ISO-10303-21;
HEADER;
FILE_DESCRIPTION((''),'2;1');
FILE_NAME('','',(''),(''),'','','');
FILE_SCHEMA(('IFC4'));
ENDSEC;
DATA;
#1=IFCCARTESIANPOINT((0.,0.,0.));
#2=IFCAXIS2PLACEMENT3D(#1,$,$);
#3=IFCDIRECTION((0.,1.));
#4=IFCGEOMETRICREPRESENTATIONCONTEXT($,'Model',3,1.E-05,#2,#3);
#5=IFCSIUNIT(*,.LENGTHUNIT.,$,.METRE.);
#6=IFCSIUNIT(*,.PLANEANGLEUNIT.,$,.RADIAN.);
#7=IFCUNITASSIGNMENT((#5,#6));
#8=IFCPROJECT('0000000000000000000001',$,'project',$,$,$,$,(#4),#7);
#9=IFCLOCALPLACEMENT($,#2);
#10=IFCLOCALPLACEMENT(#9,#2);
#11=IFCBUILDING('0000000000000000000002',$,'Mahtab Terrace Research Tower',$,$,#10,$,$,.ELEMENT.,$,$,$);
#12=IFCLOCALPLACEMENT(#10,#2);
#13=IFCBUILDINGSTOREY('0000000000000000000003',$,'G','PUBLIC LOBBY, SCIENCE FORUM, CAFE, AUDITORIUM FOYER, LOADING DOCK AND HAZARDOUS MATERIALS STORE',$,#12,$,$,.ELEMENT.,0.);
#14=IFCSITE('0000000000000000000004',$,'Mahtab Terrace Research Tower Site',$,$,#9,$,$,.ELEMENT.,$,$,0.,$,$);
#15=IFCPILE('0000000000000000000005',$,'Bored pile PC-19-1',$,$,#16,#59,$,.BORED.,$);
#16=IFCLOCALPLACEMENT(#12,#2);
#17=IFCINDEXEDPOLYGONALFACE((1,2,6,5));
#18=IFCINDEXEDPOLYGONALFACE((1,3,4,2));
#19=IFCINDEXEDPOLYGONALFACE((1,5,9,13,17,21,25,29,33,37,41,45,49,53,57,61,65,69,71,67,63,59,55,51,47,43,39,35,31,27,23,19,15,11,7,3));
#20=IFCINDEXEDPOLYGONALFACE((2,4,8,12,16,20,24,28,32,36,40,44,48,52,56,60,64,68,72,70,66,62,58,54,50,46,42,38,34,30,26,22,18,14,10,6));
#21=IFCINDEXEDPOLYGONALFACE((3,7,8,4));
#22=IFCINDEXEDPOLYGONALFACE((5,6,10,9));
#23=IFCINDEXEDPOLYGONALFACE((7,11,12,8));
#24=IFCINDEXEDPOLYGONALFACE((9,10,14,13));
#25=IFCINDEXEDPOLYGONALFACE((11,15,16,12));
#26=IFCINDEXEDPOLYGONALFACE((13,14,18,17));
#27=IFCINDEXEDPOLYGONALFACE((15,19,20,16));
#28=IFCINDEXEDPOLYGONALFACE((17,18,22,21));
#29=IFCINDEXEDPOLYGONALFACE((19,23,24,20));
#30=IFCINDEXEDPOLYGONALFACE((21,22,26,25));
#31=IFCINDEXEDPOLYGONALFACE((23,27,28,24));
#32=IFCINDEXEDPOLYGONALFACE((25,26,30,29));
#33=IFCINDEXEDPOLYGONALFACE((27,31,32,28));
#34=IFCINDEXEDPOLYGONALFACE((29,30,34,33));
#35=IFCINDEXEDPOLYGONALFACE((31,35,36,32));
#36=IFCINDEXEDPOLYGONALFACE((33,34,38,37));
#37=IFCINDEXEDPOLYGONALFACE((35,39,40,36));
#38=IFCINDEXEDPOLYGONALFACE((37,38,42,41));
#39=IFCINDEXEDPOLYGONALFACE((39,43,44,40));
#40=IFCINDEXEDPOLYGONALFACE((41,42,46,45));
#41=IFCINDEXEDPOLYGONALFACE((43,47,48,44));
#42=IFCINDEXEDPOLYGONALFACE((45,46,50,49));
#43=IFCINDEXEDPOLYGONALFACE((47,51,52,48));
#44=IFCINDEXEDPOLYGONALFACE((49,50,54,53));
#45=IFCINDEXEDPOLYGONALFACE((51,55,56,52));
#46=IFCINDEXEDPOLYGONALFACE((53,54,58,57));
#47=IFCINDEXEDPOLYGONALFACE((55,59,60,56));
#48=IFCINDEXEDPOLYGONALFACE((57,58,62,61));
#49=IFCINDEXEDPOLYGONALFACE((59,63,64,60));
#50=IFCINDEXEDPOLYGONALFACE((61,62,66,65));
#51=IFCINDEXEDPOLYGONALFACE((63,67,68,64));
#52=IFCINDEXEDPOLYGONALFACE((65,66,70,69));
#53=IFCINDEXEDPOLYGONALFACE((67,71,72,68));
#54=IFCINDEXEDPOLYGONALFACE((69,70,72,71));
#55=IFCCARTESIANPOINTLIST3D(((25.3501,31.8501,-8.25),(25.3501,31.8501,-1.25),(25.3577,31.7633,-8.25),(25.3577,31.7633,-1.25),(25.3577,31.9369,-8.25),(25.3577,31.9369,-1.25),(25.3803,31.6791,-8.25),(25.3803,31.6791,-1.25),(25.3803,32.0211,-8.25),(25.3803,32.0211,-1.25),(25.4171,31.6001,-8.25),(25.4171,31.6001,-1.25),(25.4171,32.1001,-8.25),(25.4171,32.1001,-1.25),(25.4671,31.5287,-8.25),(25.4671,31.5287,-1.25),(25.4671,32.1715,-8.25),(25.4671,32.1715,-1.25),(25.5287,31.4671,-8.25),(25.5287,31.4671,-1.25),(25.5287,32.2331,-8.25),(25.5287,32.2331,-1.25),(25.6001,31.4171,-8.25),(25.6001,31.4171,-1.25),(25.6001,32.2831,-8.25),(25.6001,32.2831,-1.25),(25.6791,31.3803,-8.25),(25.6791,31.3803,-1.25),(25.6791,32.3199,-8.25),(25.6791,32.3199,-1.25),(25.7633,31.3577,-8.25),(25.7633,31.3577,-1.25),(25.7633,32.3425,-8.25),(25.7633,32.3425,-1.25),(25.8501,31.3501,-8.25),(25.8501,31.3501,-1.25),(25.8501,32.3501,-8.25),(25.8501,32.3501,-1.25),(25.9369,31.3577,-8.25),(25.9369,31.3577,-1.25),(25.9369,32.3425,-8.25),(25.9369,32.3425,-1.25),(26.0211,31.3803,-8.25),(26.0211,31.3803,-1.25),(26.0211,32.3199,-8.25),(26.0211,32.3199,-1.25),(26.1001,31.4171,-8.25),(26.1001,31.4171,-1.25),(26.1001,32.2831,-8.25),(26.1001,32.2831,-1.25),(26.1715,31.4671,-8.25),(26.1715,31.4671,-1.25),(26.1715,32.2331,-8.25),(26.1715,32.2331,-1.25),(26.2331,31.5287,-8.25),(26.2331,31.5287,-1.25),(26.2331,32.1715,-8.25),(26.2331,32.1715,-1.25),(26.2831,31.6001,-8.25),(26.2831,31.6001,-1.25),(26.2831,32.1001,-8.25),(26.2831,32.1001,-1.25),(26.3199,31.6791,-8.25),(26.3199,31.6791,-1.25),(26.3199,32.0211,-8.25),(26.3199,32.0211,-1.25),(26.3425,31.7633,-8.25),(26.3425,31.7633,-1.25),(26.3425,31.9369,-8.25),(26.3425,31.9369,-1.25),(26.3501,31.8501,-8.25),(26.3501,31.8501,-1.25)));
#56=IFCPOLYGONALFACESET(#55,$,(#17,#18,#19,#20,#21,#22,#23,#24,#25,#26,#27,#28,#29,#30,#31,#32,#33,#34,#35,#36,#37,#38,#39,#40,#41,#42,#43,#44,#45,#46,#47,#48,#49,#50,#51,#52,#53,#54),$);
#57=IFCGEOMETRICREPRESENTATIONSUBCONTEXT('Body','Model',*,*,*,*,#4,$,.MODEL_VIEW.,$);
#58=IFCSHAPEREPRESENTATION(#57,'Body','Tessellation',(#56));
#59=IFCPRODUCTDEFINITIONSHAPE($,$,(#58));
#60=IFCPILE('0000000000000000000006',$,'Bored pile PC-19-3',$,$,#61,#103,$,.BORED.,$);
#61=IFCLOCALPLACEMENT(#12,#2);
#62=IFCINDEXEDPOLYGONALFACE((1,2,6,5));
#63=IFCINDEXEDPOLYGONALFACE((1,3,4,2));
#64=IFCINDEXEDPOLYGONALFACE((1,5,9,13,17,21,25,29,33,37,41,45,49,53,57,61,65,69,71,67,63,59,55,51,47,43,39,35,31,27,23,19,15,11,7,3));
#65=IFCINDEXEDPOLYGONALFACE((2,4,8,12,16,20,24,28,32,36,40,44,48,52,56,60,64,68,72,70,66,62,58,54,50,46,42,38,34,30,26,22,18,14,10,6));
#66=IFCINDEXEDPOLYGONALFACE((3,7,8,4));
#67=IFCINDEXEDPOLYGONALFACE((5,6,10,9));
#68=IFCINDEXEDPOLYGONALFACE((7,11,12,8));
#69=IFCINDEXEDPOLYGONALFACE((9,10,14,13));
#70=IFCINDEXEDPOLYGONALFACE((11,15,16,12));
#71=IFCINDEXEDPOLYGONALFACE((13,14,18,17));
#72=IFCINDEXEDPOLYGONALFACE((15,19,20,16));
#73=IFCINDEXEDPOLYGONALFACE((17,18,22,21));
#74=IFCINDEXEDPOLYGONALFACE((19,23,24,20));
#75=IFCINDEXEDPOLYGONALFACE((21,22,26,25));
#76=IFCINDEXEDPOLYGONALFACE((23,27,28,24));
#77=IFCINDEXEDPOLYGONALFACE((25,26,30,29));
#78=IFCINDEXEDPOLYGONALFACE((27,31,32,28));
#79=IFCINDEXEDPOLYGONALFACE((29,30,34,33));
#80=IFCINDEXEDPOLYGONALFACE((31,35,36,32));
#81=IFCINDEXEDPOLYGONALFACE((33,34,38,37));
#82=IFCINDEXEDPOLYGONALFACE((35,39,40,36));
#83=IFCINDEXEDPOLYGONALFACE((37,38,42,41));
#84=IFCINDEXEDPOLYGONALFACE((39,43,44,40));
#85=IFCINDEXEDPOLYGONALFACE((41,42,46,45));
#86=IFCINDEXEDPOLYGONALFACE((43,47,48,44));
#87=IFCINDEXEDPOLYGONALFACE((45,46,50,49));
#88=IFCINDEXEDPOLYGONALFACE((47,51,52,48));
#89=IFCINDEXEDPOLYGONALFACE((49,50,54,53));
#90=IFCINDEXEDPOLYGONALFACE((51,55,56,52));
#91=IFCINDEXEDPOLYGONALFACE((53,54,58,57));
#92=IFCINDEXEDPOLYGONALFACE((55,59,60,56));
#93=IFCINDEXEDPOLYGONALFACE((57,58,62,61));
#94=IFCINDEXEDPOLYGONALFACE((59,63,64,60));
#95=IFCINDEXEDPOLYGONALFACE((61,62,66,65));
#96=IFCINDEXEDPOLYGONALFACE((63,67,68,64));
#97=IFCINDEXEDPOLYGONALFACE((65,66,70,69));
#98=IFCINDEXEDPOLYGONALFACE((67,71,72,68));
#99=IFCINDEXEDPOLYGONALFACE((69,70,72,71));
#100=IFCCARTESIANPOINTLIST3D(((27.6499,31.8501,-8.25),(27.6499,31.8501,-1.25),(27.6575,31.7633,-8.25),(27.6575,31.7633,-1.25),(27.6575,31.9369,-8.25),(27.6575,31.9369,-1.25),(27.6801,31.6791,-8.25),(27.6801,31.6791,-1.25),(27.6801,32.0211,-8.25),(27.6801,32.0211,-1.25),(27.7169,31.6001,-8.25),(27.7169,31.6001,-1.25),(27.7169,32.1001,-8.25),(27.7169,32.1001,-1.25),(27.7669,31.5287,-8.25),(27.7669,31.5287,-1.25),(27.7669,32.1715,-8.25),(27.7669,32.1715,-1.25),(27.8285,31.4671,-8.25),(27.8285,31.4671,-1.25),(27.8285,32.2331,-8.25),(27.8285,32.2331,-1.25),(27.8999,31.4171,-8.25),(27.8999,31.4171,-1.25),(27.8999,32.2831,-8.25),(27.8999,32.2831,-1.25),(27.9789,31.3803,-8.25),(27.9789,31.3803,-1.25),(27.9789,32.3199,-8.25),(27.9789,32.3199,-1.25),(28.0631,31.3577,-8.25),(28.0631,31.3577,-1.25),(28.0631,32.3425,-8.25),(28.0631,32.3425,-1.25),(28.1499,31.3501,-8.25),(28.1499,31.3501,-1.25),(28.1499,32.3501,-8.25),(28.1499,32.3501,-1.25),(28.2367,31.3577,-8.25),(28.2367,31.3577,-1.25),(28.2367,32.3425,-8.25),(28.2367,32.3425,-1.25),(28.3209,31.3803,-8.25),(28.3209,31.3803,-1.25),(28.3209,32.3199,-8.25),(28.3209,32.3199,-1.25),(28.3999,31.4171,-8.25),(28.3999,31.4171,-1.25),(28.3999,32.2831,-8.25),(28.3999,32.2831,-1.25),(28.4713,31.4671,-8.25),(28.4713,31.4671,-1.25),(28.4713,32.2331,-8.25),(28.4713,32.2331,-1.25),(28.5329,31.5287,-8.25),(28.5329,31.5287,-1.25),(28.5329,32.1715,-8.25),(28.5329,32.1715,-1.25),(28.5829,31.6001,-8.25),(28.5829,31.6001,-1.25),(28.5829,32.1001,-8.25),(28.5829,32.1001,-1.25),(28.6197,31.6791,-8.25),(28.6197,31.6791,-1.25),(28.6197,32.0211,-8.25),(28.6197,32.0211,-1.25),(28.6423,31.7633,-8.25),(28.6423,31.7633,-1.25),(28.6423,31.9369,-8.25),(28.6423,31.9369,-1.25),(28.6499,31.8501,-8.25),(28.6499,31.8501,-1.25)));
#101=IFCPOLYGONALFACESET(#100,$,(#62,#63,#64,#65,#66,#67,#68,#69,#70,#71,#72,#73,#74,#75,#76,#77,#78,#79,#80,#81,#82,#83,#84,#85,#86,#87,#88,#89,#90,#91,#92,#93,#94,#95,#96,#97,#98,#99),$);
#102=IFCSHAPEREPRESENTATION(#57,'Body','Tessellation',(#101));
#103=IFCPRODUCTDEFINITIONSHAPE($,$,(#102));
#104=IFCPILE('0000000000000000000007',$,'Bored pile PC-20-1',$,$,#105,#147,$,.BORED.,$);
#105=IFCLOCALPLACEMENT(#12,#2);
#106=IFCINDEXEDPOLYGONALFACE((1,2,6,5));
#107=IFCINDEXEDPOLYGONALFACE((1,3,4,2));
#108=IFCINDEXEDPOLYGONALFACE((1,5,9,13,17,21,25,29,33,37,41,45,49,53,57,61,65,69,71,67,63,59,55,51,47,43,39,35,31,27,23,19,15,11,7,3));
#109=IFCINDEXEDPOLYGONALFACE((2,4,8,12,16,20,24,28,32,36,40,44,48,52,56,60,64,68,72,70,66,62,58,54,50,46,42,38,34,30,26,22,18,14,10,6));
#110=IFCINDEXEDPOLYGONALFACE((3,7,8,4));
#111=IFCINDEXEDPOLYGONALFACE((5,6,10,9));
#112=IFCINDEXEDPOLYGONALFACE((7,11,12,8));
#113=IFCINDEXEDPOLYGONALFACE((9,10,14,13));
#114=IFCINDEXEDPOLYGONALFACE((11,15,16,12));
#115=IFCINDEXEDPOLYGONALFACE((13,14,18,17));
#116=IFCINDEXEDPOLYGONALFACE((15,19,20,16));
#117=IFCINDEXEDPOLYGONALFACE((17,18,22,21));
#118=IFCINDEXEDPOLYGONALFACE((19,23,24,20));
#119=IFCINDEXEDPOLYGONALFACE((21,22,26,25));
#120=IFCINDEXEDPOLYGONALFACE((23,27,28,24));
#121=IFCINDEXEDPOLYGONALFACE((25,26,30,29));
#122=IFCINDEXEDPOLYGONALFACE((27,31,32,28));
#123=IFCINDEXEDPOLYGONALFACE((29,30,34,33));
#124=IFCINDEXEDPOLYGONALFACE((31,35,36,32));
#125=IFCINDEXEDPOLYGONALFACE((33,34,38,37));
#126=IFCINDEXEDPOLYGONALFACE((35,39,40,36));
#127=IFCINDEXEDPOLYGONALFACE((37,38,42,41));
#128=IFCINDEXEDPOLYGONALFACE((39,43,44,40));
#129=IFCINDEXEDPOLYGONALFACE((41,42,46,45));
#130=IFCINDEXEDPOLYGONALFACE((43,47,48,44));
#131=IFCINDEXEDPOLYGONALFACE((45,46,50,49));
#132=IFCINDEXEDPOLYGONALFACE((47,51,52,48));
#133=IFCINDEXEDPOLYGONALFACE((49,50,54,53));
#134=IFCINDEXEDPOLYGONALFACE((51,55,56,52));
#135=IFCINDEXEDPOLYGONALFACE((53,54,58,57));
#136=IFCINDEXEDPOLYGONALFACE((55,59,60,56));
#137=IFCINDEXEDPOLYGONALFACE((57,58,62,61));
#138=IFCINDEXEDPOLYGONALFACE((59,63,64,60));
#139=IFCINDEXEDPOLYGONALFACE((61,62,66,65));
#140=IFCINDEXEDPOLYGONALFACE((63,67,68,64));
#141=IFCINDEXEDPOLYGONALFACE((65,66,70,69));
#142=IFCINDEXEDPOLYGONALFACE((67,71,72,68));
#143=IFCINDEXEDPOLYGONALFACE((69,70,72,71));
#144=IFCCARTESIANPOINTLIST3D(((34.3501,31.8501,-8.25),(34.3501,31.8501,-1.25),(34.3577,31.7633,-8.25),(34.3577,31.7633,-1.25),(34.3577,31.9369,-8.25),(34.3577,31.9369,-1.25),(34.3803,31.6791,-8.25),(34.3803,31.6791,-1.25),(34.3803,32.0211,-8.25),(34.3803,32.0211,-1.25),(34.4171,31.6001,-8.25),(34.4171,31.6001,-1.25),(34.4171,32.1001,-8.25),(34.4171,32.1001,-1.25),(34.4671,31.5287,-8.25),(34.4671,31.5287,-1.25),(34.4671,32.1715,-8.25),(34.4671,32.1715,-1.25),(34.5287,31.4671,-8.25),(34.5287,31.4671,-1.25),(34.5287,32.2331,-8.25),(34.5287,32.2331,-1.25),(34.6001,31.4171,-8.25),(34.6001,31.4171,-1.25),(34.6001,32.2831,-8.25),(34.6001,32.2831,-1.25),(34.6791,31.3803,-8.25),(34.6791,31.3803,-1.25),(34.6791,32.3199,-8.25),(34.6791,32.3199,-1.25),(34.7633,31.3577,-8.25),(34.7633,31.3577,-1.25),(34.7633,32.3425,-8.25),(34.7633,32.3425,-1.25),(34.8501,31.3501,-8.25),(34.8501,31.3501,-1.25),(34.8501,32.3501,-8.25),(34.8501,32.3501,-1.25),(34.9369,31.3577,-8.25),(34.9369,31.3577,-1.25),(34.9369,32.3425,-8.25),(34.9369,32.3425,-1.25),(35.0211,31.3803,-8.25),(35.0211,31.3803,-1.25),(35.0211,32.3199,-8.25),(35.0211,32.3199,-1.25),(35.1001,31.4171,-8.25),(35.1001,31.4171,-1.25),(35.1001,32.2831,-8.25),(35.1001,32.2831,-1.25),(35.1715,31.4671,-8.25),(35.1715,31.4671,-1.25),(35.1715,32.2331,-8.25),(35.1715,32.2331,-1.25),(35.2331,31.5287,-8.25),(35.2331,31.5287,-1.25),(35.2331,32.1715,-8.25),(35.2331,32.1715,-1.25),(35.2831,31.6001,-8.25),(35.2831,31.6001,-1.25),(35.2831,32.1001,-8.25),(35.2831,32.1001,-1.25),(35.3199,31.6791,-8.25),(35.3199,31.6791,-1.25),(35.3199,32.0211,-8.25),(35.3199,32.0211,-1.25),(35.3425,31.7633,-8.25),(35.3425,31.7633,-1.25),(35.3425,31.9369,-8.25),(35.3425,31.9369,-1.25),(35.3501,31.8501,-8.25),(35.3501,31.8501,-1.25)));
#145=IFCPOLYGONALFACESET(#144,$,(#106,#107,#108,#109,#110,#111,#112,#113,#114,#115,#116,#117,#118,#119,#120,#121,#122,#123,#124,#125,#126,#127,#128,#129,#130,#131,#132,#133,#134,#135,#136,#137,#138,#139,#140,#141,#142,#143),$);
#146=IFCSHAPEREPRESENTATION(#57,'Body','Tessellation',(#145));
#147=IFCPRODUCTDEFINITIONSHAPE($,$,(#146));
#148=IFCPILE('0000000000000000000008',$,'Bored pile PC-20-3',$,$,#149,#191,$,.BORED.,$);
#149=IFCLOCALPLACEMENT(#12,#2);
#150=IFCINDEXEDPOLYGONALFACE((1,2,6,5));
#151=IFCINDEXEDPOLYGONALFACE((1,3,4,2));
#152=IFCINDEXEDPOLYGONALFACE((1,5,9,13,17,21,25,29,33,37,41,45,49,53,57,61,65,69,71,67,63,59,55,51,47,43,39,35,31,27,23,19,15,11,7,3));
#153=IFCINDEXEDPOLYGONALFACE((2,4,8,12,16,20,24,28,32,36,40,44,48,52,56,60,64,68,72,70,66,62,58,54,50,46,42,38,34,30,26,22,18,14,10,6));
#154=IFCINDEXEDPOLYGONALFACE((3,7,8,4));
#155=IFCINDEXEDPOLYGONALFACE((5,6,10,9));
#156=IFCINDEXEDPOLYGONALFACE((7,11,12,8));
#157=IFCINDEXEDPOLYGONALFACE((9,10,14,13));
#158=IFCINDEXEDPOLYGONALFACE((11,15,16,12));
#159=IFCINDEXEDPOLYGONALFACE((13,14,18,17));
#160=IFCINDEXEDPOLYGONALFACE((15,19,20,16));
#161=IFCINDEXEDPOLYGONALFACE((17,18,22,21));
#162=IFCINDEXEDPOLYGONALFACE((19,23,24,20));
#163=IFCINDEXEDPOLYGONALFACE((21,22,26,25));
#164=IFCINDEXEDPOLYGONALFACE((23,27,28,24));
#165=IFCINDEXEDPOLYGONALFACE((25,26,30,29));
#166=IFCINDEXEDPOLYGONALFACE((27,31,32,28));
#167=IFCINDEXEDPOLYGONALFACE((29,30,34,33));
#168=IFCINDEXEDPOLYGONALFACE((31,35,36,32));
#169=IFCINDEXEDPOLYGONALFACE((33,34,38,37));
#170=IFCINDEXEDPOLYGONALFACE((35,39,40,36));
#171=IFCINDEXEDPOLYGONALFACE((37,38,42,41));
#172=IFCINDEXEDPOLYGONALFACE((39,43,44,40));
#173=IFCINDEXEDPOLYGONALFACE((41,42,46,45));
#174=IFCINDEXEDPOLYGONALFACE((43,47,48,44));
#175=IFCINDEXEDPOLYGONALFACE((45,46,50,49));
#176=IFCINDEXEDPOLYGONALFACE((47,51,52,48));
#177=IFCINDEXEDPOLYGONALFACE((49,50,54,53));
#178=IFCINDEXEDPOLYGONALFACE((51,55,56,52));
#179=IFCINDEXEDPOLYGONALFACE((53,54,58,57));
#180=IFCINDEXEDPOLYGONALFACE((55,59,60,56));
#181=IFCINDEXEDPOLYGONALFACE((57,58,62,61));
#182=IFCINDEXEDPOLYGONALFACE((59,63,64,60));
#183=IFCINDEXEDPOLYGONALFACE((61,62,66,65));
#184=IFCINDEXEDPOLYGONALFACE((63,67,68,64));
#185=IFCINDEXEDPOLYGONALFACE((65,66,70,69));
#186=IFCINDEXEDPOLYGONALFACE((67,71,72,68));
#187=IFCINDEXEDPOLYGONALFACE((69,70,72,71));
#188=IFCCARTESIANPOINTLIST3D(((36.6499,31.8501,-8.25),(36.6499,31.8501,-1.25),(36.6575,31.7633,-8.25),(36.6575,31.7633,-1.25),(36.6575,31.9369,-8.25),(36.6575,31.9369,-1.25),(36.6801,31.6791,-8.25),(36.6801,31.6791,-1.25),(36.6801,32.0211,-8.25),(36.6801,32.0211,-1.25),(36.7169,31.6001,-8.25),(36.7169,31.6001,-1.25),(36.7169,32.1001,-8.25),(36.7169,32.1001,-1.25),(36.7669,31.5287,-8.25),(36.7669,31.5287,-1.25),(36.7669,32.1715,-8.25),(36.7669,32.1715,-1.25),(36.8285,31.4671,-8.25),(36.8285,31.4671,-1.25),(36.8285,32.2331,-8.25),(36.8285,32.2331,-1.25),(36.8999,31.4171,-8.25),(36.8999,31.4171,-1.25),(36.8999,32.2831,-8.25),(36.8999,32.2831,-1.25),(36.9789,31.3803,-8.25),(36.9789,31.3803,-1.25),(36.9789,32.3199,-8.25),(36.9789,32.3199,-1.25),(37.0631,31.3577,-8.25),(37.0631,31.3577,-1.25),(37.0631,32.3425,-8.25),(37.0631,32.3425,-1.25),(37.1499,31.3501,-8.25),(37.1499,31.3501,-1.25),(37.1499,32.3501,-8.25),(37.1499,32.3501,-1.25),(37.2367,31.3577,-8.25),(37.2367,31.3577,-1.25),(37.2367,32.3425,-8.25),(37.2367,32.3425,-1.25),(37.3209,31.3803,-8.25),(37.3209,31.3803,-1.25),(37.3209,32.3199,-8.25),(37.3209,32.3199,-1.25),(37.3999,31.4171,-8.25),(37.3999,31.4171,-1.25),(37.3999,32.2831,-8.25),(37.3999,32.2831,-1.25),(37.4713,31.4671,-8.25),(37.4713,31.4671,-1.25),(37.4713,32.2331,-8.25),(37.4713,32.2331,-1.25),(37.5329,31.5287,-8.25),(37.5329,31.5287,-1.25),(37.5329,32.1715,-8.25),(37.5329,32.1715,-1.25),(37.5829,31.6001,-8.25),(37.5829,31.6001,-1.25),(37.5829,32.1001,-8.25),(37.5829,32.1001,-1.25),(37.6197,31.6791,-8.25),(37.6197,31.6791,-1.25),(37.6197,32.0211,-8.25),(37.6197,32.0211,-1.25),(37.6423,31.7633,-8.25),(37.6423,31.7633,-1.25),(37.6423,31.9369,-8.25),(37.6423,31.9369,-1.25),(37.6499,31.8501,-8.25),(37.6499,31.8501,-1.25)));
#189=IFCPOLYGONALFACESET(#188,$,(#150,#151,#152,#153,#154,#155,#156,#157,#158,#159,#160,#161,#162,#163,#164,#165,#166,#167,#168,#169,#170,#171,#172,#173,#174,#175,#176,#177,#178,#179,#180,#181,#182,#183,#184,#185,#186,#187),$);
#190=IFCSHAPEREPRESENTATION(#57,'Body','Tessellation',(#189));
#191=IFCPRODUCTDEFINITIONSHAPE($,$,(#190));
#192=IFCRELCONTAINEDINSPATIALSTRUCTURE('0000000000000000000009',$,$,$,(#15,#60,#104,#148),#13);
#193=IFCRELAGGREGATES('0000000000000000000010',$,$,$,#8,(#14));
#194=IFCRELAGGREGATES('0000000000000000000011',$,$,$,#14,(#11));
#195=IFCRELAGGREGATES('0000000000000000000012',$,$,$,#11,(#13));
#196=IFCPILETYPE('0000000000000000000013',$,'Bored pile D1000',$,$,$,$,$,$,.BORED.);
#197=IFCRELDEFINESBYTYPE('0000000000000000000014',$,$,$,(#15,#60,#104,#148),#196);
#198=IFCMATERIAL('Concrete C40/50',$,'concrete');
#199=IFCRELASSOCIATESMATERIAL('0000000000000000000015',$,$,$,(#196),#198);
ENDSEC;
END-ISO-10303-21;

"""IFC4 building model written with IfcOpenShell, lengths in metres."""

from ifc_helpers import new_model, si_unit, direction, frame, origin, origin_2d, place, context, subcontext, project, spatial, circle, extrude, material, material_profile, profile_set, type_object, element, save


model = new_model("IFC4")

# Units and contexts
model_context = context("Model", 3, precision=1e-05, world=origin(), true_north=direction((0.0, 1.0)))
body_context = subcontext(model_context, "Body", "Model", "MODEL_VIEW")
ifc_project = project(units=[si_unit("LENGTHUNIT", "METRE"), si_unit("PLANEANGLEUNIT", "RADIAN")], contexts=[model_context])

# Site, building, storey
site_placement = place(None, origin())
site = spatial("IfcSite", under=ifc_project, at=site_placement, Name="Mahtab Terrace Research Tower Site", CompositionType="ELEMENT", RefElevation=0.0)
building_placement = place(site_placement, origin())
building = spatial("IfcBuilding", under=site, at=building_placement, Name="Mahtab Terrace Research Tower", CompositionType="ELEMENT")
storey_placement = place(building_placement, origin())
storey = spatial("IfcBuildingStorey", under=building, at=storey_placement, Name="G", Description="PUBLIC LOBBY, SCIENCE FORUM, CAFE, AUDITORIUM FOYER, LOADING DOCK AND HAZARDOUS MATERIALS STORE", CompositionType="ELEMENT", Elevation=0.0)

# Piles
ifc_material_1 = material(Name="Concrete C40/50", Category="concrete")
ifc_material_profile_1 = material_profile(ifc_material_1, circle(Radius=0.5, at=origin_2d()), Name="Bored pile D1000")
ifc_profile_set_1 = profile_set([ifc_material_profile_1], Name="Concrete C40/50")
pile_type_1 = type_object("IfcPileType", Name="Bored pile D1000", PredefinedType="BORED", material=ifc_profile_set_1)
for number, where, z_axis, x_axis, name in (
    (1, (25.8501, 31.8501, -1.25), (0.0, 0.0, -1.0), (1.0, 0.0, 0.0), "Bored pile PC-19-1"),
    (2, (28.1499, 31.8501, -1.25), (0.0, 0.0, -1.0), (1.0, 0.0, 0.0), "Bored pile PC-19-3"),
    (3, (34.8501, 31.8501, -1.25), (0.0, 0.0, -1.0), (1.0, 0.0, 0.0), "Bored pile PC-20-1"),
    (4, (37.1499, 31.8501, -1.25), (0.0, 0.0, -1.0), (1.0, 0.0, 0.0), "Bored pile PC-20-3"),
):
    element("IfcPile", number, at=place(storey_placement, frame(where, z_axis=z_axis, x_axis=x_axis)), inside=storey, type_object=pile_type_1, Name=name, PredefinedType="BORED", context=body_context, shape_type="SweptSolid", body=[
        extrude(circle(Radius=0.5, at=origin_2d()), origin(), (0.0, 0.0, 1.0), 7.0),
    ])

save(model, "model.ifc")
